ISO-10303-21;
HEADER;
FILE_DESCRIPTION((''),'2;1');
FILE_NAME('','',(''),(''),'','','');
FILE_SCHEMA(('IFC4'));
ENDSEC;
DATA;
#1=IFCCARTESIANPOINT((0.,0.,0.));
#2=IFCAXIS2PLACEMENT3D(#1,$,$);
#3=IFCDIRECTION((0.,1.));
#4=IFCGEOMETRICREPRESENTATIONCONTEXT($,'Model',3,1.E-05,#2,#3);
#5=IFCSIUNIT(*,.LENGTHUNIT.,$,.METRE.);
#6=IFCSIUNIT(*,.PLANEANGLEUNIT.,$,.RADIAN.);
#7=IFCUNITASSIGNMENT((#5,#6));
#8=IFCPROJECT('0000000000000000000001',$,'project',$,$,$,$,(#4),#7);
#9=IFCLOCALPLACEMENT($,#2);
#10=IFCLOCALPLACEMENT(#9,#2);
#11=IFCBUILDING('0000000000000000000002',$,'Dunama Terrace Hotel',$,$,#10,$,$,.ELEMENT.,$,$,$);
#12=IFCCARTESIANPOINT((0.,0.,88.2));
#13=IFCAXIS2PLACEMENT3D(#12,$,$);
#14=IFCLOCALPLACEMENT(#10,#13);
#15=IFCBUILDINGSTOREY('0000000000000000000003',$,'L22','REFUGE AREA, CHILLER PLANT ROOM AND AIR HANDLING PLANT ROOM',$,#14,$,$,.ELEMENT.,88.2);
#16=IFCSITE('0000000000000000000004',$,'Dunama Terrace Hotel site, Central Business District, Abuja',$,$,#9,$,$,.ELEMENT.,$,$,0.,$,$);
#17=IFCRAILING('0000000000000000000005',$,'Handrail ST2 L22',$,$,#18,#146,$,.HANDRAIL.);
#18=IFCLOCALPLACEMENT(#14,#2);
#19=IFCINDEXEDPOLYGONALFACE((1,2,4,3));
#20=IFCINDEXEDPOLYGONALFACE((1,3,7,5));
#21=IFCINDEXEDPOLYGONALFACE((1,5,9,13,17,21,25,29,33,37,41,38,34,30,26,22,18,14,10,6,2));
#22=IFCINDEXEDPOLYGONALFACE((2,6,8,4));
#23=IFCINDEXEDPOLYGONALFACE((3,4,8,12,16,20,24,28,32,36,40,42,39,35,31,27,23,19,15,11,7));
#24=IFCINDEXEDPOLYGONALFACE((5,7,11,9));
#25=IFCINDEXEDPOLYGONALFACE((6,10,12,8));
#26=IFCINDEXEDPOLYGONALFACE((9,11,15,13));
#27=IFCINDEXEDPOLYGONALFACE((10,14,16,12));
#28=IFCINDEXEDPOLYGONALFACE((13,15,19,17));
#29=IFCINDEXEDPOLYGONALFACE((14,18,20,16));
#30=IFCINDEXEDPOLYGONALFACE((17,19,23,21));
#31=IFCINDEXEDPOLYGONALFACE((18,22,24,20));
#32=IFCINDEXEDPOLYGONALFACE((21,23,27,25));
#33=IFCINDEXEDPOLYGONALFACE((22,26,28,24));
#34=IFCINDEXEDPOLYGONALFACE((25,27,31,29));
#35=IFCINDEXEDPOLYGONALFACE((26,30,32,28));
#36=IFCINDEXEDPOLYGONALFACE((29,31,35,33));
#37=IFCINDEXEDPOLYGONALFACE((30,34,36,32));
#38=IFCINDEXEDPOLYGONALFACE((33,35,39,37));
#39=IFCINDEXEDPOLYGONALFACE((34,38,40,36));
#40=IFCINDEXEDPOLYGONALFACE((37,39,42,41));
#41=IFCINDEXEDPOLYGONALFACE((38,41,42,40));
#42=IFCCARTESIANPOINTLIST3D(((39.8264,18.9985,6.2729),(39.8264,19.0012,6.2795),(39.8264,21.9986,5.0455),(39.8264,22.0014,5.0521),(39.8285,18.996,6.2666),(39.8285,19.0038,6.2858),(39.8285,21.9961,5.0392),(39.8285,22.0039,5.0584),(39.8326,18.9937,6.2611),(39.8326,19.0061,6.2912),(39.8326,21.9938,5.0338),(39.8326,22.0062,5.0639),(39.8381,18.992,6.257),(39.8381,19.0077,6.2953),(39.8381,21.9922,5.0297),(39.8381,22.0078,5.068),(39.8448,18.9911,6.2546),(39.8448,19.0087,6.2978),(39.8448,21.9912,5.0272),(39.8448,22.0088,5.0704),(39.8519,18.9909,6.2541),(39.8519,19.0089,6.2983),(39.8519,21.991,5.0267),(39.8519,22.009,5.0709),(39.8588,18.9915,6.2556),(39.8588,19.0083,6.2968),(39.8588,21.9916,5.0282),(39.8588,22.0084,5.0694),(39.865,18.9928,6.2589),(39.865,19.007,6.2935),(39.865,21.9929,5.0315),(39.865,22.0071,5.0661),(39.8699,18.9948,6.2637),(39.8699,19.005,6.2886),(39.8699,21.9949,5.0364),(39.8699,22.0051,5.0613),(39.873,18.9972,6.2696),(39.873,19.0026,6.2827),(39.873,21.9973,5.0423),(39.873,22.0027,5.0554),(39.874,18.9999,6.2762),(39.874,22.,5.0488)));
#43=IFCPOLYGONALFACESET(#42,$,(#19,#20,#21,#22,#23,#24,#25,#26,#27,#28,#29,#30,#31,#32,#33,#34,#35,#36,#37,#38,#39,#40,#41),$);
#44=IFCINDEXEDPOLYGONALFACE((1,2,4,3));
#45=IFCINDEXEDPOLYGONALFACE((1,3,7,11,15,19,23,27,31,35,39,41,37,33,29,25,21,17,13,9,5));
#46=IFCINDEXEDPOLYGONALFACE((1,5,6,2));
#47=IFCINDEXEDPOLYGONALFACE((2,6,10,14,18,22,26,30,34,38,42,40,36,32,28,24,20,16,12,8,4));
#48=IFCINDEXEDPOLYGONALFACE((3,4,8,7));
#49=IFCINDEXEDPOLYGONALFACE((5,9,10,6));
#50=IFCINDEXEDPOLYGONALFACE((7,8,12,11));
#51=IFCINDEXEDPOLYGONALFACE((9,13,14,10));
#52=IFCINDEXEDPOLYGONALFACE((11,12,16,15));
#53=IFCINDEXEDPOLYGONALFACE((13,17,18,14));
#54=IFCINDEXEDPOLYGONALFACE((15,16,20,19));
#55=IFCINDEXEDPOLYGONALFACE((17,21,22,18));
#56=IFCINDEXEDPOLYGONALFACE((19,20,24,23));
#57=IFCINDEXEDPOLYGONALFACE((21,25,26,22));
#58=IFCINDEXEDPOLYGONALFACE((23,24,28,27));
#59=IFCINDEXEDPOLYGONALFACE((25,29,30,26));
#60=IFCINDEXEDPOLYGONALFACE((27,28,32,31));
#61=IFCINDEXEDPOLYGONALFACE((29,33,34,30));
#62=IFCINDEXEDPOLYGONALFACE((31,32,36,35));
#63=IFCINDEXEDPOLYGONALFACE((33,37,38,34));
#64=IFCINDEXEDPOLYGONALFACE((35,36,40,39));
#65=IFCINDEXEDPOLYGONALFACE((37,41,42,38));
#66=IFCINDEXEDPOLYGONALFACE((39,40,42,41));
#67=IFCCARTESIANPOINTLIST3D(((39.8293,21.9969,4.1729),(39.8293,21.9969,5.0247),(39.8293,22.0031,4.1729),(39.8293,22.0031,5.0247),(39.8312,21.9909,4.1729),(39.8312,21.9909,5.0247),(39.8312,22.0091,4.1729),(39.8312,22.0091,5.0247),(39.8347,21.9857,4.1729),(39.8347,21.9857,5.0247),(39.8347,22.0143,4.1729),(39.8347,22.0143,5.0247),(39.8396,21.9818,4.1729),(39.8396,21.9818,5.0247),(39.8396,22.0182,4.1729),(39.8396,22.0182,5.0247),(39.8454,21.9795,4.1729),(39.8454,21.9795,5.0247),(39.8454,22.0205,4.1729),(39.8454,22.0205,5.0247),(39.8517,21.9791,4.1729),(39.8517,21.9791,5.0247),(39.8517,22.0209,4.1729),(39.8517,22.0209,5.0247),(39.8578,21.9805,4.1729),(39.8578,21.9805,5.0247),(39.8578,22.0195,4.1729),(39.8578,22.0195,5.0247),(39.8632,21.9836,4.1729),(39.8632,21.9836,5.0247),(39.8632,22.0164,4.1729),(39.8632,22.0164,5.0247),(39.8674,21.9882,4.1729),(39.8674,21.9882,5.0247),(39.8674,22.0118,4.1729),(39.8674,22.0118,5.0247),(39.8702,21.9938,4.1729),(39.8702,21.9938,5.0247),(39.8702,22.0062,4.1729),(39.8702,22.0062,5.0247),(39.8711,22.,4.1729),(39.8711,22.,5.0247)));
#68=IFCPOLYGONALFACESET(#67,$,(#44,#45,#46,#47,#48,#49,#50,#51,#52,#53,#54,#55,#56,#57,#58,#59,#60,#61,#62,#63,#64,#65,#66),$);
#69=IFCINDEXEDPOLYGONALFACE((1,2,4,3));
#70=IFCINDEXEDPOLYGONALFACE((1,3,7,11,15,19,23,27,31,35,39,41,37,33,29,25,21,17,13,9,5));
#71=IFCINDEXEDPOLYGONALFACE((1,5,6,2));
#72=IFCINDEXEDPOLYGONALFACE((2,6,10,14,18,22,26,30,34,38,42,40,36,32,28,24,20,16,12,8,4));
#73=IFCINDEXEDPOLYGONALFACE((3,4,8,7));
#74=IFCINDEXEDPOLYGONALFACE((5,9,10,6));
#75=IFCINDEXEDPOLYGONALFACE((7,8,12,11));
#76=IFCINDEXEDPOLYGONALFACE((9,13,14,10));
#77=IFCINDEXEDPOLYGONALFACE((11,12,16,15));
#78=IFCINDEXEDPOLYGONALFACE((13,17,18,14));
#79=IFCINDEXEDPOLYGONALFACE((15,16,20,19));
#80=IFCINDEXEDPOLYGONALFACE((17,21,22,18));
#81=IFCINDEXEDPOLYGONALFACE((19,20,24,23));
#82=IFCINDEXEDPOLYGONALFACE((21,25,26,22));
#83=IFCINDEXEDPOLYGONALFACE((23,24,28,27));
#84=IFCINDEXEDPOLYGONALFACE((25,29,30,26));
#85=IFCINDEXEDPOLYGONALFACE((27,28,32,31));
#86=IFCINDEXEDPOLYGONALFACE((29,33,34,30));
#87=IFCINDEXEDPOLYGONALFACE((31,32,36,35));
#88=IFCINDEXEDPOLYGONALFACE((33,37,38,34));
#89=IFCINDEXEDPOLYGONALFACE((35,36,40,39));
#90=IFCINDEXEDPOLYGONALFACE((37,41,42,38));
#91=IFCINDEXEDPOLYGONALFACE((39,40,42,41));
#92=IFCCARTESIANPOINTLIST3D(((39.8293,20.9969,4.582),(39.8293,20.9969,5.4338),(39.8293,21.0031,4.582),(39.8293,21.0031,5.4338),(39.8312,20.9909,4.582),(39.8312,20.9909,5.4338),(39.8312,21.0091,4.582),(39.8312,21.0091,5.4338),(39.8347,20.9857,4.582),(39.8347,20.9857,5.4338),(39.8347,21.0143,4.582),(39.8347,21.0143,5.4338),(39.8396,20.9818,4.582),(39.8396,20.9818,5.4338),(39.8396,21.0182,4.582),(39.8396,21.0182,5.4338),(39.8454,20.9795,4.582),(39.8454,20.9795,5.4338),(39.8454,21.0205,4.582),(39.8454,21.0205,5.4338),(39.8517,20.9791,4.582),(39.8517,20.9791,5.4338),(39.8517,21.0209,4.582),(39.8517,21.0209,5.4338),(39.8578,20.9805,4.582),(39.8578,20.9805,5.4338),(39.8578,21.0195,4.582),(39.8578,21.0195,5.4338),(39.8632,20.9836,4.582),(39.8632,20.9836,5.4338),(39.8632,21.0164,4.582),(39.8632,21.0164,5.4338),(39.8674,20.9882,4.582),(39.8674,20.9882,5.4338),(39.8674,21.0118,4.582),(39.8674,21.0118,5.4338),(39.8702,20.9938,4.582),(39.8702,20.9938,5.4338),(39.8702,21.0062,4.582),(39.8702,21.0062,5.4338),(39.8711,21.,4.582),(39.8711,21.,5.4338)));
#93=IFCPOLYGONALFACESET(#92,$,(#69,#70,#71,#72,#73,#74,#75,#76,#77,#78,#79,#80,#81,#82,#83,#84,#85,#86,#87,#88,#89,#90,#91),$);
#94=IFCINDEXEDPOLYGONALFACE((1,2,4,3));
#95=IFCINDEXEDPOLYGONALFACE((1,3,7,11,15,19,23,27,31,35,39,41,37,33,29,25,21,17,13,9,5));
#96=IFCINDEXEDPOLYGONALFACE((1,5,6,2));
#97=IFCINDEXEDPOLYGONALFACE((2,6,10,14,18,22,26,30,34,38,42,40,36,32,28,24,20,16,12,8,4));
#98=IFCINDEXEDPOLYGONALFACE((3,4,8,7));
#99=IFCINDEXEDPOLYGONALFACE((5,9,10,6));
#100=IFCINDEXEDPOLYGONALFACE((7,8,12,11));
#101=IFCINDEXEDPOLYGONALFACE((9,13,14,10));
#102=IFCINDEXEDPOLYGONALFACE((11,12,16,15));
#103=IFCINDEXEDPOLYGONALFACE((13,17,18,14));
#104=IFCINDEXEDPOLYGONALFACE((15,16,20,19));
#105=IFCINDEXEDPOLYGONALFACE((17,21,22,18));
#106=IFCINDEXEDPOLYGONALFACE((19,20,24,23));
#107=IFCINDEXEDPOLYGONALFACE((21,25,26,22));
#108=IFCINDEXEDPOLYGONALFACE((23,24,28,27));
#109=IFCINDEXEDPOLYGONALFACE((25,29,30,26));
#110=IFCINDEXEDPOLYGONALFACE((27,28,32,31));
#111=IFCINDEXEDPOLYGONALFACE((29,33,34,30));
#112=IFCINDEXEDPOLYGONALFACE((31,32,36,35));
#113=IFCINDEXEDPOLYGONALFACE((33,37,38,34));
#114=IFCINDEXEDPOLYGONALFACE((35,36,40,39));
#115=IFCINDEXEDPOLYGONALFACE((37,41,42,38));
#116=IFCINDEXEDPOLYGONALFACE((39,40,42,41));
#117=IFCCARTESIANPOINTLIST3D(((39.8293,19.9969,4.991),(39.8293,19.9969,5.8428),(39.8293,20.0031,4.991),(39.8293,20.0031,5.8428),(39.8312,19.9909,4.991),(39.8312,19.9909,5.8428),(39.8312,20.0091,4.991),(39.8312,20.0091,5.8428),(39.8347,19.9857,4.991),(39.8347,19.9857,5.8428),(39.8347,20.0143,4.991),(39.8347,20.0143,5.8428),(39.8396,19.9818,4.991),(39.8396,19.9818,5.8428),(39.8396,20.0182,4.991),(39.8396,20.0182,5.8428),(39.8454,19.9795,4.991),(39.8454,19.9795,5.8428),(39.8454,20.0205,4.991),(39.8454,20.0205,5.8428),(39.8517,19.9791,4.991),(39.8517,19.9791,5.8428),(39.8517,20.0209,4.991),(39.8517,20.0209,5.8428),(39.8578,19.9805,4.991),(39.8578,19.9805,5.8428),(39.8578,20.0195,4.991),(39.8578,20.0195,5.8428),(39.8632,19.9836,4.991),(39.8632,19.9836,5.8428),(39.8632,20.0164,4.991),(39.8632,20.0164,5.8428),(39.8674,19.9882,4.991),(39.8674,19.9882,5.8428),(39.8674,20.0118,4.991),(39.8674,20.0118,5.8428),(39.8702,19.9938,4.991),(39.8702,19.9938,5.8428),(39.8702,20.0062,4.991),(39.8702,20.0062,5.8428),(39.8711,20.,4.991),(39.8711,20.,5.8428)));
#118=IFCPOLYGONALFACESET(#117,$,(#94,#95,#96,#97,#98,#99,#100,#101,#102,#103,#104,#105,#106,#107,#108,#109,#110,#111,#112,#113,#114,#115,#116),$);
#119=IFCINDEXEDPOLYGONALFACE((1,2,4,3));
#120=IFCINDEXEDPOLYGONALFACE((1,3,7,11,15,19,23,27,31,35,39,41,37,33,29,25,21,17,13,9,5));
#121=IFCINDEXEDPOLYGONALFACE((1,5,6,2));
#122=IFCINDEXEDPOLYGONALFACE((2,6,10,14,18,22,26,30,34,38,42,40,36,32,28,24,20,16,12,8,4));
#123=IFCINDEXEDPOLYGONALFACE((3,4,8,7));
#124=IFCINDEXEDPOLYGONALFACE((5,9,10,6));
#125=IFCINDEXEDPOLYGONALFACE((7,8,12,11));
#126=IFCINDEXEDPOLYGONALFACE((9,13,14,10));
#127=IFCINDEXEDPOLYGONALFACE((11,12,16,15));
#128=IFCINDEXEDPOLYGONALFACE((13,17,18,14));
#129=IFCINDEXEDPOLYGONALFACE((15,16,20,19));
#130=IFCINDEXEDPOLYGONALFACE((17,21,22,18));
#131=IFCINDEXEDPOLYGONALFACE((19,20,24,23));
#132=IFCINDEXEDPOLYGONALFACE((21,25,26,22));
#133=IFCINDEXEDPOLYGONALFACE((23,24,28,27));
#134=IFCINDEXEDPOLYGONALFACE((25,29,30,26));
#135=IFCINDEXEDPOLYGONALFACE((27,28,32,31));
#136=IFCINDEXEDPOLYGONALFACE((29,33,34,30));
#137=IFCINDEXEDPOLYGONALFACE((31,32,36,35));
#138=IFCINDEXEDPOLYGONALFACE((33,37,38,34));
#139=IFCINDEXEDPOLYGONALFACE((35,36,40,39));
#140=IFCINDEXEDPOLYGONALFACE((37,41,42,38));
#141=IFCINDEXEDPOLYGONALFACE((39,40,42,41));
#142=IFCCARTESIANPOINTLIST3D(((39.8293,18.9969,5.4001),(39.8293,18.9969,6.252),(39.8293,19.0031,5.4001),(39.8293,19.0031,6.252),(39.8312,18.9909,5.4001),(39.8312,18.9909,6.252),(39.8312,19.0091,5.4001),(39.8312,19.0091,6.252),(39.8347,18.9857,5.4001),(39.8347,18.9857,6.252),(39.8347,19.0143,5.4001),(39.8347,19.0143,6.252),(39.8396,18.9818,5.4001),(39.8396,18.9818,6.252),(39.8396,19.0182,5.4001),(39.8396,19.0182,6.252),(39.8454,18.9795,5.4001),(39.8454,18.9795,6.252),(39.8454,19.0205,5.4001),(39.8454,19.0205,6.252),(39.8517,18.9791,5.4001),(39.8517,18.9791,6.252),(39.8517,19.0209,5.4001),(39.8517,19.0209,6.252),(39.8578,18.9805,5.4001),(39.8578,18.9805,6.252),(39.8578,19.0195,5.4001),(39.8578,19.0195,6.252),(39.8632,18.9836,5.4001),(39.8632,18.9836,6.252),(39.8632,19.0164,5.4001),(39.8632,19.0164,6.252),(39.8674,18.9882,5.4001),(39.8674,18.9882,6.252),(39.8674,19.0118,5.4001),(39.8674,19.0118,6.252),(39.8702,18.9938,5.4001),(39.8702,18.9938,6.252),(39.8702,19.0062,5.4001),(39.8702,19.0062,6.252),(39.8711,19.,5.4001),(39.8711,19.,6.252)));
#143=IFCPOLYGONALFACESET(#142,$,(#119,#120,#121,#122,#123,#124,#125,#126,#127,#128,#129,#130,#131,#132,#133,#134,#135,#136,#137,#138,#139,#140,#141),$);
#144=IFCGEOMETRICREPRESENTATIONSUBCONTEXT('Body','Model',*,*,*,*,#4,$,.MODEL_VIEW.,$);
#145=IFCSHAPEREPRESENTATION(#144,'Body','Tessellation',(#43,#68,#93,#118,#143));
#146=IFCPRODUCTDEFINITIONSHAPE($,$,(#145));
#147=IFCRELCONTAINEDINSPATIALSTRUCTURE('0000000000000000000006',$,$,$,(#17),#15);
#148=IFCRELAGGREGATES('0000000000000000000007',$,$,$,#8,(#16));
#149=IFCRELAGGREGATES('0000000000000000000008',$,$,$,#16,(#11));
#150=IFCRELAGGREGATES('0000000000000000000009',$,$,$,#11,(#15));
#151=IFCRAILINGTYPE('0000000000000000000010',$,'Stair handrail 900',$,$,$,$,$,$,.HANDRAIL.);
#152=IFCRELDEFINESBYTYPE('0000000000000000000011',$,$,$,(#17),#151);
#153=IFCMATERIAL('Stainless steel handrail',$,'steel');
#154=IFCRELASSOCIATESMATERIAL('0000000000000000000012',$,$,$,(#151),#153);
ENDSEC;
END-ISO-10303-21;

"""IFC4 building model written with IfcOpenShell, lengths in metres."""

from ifc_helpers import new_model, si_unit, direction, frame, origin, origin_2d, place, context, subcontext, project, spatial, circle, extrude, material, type_object, element, save


model = new_model("IFC4")

# Units and contexts
model_context = context("Model", 3, precision=1e-05, world=origin(), true_north=direction((0.0, 1.0)))
body_context = subcontext(model_context, "Body", "Model", "MODEL_VIEW")
ifc_project = project(units=[si_unit("LENGTHUNIT", "METRE"), si_unit("PLANEANGLEUNIT", "RADIAN")], contexts=[model_context])

# Site, building, storey
site_placement = place(None, origin())
site = spatial("IfcSite", under=ifc_project, at=site_placement, Name="Dunama Terrace Hotel site, Central Business District, Abuja", CompositionType="ELEMENT", RefElevation=0.0)
building_placement = place(site_placement, origin())
building = spatial("IfcBuilding", under=site, at=building_placement, Name="Dunama Terrace Hotel", CompositionType="ELEMENT")
storey_placement = place(building_placement, frame((0.0, 0.0, 88.2)))
storey = spatial("IfcBuildingStorey", under=building, at=storey_placement, Name="L22", Description="REFUGE AREA, CHILLER PLANT ROOM AND AIR HANDLING PLANT ROOM", CompositionType="ELEMENT", Elevation=88.2)

# Railing
ifc_material_1 = material(Name="Stainless steel handrail", Category="steel")
railing_type = type_object("IfcRailingType", Name="Stair handrail 900", PredefinedType="HANDRAIL", material=ifc_material_1)
railing_1_placement = place(storey_placement, frame((39.8501, 22.0, 4.1729)))
element("IfcRailing", 1, at=railing_1_placement, inside=storey, type_object=railing_type, Name="Handrail ST2 L22", PredefinedType="HANDRAIL", context=body_context, shape_type="SweptSolid", body=[
    extrude(circle(Radius=0.0239, at=origin_2d()), frame((0.0, 0.0, 0.876), z_axis=(0.0, -0.925545, 0.378639), x_axis=(1.0, 0.0, 0.0)), (0.0, 0.0, 1.0), 3.2415),
    extrude(circle(Radius=0.021, at=origin_2d()), origin(), (0.0, 0.0, 1.0), 0.8518),
    extrude(circle(Radius=0.021, at=origin_2d()), frame((0.0, -1.0, 0.4092)), (0.0, 0.0, 1.0), 0.8518),
    extrude(circle(Radius=0.021, at=origin_2d()), frame((0.0, -2.0, 0.8181)), (0.0, 0.0, 1.0), 0.8518),
    extrude(circle(Radius=0.021, at=origin_2d()), frame((0.0, -3.0, 1.2273)), (0.0, 0.0, 1.0), 0.8518),
])

save(model, "model.ifc")
